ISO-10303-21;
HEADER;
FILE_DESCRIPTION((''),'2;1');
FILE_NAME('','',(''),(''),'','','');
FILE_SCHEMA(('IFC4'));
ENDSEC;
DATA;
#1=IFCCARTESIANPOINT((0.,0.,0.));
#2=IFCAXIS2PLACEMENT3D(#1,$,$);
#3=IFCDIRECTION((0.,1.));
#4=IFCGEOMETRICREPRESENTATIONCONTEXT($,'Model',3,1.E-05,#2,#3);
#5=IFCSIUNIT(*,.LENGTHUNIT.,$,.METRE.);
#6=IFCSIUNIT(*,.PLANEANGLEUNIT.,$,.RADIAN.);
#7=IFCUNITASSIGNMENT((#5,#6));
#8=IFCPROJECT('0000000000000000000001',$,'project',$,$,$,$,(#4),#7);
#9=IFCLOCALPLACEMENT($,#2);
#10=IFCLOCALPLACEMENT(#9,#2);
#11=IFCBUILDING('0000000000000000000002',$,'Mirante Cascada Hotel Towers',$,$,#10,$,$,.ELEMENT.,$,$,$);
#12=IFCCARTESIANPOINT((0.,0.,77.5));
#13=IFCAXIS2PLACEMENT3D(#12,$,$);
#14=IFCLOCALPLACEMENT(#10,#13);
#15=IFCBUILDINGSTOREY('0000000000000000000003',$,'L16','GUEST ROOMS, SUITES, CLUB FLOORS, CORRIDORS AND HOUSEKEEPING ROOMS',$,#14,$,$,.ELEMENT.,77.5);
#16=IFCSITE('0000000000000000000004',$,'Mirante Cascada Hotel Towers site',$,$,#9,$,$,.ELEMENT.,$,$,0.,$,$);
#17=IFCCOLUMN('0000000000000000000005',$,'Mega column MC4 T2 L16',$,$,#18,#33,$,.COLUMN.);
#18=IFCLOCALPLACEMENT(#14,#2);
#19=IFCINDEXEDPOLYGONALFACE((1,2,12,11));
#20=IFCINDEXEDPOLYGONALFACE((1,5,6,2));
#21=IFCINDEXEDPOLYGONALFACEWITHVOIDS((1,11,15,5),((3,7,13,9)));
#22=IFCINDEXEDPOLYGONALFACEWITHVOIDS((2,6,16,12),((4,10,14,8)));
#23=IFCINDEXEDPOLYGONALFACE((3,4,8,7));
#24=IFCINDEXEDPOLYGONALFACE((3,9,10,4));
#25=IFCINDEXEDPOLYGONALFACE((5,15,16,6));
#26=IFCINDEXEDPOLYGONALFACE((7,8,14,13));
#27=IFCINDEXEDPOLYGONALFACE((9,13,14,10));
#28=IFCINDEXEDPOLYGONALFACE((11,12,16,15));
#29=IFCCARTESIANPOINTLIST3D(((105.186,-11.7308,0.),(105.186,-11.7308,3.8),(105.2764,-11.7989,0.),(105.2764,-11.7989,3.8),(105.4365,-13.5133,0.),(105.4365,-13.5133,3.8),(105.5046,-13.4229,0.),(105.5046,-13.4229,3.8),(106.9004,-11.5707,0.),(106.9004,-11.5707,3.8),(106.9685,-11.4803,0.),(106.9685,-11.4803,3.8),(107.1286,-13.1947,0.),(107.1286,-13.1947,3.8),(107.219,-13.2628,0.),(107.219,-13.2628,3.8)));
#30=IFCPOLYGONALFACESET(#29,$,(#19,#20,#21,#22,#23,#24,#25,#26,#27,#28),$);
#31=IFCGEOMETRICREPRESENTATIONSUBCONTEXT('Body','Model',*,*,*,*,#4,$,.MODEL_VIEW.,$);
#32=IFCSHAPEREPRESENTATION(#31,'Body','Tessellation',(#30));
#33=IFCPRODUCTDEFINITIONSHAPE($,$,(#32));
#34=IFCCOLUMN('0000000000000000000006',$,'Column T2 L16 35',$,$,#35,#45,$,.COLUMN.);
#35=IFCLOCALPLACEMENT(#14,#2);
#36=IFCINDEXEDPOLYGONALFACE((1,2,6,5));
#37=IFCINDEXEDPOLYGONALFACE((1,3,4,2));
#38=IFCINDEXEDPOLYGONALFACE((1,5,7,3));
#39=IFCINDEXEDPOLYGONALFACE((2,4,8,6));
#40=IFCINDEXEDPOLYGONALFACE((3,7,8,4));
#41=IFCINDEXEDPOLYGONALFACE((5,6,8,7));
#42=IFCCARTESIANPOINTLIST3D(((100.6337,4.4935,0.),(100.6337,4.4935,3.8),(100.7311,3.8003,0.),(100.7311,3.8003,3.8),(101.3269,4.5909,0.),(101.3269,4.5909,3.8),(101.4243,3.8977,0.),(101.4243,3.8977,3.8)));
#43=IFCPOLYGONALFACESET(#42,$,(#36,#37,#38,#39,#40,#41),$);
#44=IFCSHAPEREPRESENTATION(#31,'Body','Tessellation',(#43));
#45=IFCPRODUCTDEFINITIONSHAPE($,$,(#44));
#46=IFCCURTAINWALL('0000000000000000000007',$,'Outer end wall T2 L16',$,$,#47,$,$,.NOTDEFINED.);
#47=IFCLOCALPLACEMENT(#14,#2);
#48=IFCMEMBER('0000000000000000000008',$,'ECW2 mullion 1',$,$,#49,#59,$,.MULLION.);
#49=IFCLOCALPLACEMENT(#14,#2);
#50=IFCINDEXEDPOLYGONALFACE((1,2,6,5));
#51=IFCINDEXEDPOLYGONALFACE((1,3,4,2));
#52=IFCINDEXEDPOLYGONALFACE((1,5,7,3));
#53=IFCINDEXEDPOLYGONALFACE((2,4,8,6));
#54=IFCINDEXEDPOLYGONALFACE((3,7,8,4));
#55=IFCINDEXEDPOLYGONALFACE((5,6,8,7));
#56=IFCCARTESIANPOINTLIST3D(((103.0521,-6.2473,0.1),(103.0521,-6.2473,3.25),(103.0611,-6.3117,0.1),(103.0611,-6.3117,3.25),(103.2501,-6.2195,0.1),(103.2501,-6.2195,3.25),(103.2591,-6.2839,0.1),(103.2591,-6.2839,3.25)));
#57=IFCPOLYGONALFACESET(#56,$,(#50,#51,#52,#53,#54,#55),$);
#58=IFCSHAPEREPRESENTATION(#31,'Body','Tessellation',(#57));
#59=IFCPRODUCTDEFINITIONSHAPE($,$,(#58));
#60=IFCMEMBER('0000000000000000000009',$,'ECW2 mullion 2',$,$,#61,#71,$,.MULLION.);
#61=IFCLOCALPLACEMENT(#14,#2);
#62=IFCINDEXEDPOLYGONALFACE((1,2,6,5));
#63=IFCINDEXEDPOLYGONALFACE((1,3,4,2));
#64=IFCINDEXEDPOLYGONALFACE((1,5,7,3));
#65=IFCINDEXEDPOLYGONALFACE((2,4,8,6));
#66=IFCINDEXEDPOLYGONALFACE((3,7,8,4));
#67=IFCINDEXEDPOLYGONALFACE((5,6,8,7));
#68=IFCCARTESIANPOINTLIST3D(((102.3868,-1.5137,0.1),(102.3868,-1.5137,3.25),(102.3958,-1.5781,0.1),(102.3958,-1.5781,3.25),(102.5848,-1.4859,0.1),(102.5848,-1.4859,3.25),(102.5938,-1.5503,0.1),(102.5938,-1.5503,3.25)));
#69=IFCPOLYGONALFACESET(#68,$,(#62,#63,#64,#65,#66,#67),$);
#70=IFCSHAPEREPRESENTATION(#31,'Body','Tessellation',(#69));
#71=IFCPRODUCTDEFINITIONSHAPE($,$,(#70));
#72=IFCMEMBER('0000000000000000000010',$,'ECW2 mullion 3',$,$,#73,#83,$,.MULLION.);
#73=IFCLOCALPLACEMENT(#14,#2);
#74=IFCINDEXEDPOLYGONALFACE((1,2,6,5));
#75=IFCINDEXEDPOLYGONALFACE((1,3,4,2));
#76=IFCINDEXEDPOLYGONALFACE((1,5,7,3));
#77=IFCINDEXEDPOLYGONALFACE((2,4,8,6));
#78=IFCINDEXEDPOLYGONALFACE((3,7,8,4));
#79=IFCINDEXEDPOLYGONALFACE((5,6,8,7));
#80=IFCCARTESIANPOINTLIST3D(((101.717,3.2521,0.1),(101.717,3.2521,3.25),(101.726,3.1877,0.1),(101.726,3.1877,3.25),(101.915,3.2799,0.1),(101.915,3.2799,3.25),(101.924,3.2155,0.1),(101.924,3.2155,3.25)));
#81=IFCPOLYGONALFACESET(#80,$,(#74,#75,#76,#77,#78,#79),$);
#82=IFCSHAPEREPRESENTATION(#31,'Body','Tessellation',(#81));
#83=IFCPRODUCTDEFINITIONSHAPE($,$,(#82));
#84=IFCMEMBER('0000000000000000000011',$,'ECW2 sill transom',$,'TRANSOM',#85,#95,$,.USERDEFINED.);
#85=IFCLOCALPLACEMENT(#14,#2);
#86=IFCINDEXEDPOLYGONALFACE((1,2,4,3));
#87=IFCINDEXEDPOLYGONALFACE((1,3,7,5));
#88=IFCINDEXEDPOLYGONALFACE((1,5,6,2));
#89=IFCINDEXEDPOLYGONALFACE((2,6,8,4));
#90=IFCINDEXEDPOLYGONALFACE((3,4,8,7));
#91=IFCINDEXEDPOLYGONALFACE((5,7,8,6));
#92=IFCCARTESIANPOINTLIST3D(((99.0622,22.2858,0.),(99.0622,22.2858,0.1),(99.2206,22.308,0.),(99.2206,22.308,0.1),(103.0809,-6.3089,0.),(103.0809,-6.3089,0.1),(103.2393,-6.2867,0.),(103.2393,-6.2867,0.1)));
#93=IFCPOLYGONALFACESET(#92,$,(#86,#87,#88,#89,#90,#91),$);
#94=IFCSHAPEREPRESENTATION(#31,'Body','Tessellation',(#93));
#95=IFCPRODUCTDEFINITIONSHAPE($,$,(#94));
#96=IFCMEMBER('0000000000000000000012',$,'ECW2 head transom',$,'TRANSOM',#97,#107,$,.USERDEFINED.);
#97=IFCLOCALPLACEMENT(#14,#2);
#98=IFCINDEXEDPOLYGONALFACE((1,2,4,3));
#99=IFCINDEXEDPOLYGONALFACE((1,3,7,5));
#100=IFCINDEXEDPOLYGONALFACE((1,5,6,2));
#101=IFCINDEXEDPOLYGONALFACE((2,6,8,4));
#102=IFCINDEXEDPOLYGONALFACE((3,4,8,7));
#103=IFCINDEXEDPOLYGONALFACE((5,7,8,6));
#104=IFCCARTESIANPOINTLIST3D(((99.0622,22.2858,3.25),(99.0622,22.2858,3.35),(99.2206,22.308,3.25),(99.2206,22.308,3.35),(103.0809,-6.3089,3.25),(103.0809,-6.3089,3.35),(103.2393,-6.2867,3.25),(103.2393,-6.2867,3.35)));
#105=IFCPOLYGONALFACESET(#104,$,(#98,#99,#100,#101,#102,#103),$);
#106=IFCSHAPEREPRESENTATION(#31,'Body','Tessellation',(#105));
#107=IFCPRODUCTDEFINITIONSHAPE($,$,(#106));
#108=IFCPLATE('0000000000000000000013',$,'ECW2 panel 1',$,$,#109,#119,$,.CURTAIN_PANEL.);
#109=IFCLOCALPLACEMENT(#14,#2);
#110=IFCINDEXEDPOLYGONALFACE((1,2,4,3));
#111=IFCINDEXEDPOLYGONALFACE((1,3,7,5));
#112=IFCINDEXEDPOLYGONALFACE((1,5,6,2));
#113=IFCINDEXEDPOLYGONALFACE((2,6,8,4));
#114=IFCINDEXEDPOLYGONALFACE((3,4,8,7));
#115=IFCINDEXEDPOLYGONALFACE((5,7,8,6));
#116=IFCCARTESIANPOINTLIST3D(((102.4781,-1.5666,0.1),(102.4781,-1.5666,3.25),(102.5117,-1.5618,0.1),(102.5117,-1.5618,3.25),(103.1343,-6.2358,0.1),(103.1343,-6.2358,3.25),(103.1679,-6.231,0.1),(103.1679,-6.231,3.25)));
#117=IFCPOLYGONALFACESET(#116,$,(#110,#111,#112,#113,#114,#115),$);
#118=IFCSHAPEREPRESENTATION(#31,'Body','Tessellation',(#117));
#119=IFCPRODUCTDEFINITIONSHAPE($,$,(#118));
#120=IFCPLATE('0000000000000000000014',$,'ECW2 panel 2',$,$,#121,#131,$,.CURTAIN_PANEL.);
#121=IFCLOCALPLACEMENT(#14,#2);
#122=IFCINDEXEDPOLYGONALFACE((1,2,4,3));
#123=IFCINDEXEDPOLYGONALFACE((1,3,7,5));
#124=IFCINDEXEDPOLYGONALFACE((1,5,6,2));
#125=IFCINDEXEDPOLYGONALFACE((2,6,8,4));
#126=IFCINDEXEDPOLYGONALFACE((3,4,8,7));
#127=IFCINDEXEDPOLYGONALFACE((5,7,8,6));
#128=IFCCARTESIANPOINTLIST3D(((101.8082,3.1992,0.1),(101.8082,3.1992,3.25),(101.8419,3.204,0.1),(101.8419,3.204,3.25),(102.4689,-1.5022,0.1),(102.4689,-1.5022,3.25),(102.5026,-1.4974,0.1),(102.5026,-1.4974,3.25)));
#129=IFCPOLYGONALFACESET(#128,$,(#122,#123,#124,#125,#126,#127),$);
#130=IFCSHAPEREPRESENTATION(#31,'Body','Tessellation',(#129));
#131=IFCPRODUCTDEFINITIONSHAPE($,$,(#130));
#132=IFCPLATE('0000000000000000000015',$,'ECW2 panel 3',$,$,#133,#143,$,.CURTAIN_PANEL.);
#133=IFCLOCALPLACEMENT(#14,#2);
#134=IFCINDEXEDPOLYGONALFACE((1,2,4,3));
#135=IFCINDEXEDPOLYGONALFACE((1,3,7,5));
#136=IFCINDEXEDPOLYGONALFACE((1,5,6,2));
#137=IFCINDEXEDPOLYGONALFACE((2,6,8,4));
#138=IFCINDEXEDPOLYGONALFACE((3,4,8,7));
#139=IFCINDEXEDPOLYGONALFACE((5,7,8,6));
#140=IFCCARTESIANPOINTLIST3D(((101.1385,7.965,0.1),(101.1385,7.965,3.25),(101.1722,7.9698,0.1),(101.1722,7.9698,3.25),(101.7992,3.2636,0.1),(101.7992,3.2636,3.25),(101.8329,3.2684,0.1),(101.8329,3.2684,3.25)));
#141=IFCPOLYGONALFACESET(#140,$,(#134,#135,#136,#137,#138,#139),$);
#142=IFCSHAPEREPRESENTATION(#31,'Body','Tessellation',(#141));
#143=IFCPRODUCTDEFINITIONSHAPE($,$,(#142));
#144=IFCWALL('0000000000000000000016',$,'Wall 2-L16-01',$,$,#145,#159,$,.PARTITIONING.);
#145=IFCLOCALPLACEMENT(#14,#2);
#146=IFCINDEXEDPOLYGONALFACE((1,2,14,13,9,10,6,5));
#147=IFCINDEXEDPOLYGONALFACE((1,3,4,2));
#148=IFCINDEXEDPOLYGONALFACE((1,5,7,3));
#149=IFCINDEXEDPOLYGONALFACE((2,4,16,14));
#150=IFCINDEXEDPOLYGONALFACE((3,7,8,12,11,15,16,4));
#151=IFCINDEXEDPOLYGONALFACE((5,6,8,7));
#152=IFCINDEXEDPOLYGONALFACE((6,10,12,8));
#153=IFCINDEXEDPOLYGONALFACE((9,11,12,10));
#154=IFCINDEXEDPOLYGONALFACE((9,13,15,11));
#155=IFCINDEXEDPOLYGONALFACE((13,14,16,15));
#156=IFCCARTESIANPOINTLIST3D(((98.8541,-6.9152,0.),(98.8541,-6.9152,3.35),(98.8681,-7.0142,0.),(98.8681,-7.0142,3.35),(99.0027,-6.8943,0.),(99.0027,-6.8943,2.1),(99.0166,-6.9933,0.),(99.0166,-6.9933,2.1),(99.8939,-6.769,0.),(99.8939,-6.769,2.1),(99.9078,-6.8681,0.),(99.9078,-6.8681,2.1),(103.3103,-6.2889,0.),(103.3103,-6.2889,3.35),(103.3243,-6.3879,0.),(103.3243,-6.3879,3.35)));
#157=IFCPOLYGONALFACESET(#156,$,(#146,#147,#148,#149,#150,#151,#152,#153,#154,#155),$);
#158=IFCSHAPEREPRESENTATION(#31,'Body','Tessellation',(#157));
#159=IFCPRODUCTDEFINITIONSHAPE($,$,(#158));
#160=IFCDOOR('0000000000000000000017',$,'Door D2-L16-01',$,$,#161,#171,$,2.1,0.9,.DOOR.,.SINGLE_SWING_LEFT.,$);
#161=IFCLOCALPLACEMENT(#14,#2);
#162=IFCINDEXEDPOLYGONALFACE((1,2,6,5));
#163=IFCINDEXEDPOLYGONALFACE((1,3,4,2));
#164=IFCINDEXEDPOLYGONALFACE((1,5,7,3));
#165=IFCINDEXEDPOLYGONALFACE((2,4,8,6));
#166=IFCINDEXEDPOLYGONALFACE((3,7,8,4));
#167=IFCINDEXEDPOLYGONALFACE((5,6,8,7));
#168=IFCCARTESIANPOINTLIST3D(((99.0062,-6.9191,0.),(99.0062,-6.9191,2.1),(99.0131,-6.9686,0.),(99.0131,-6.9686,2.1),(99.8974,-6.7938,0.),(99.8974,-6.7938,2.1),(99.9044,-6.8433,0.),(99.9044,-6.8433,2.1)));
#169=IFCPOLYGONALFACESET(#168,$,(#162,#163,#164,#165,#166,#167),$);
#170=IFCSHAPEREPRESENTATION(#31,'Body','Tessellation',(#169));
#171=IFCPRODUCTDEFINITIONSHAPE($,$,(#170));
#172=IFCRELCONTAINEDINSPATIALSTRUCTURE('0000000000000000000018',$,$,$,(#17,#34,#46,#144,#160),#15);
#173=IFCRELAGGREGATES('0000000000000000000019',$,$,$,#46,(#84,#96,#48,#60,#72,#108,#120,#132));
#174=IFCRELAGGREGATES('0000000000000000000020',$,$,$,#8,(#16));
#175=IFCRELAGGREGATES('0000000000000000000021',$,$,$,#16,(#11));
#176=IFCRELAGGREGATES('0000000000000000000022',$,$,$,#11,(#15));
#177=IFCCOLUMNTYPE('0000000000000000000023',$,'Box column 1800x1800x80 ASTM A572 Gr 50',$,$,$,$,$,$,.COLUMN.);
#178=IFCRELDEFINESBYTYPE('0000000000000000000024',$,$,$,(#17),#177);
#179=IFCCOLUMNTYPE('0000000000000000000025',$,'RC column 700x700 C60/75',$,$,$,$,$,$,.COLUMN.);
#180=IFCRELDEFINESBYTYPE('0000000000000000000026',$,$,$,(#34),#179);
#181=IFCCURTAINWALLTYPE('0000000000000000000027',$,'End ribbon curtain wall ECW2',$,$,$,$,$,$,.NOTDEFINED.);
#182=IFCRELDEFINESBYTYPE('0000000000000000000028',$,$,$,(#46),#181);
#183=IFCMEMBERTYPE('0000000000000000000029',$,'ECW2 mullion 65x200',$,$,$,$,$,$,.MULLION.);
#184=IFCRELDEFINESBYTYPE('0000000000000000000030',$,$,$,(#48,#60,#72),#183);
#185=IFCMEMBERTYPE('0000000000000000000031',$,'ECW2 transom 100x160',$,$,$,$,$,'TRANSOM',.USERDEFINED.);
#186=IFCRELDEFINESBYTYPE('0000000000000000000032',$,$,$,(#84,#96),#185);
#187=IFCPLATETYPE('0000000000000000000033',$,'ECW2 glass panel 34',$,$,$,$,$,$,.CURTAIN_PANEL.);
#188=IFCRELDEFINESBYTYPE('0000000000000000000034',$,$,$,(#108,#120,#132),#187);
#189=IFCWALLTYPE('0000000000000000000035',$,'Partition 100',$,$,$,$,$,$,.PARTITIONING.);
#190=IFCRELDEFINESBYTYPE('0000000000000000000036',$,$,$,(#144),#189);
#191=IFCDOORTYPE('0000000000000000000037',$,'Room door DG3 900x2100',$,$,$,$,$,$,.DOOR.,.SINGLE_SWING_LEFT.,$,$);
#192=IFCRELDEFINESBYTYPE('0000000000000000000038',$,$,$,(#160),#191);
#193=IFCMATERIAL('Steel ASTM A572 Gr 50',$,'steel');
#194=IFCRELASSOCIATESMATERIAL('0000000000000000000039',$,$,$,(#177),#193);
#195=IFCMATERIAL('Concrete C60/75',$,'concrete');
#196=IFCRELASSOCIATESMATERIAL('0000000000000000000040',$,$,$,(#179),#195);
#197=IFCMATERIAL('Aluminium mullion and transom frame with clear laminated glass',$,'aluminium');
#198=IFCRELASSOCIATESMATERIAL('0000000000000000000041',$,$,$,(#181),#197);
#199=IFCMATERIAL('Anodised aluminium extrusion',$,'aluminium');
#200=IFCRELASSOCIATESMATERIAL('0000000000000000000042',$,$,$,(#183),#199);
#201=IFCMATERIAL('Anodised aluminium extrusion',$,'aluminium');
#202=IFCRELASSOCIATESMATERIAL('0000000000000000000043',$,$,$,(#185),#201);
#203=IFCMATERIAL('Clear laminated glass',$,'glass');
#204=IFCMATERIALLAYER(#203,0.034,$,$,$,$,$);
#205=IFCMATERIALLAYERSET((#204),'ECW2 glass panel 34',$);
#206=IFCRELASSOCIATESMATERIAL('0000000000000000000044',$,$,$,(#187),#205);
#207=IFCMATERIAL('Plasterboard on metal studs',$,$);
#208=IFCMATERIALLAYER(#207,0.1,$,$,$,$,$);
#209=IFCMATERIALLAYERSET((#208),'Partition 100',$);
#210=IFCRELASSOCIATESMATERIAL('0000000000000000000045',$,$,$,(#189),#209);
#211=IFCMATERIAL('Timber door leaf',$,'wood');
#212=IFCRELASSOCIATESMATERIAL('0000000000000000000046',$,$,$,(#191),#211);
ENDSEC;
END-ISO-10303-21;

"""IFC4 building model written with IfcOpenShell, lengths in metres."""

from ifc_helpers import new_model, si_unit, direction, frame, frame_2d, origin, origin_2d, place, context, subcontext, project, spatial, rectangle, hollow_rectangle, extrude, material, layer, layer_set, material_profile, profile_set, type_object, element, fill, aggregate, save


model = new_model("IFC4")

# Units and contexts
model_context = context("Model", 3, precision=1e-05, world=origin(), true_north=direction((0.0, 1.0)))
body_context = subcontext(model_context, "Body", "Model", "MODEL_VIEW")
ifc_project = project(units=[si_unit("LENGTHUNIT", "METRE"), si_unit("PLANEANGLEUNIT", "RADIAN")], contexts=[model_context])

# Site, building, storey
site_placement = place(None, origin())
site = spatial("IfcSite", under=ifc_project, at=site_placement, Name="Mirante Cascada Hotel Towers site", CompositionType="ELEMENT", RefElevation=0.0)
building_placement = place(site_placement, origin())
building = spatial("IfcBuilding", under=site, at=building_placement, Name="Mirante Cascada Hotel Towers", CompositionType="ELEMENT")
storey_placement = place(building_placement, frame((0.0, 0.0, 77.5)))
storey = spatial("IfcBuildingStorey", under=building, at=storey_placement, Name="L16", Description="GUEST ROOMS, SUITES, CLUB FLOORS, CORRIDORS AND HOUSEKEEPING ROOMS", CompositionType="ELEMENT", Elevation=77.5)

# Columns
ifc_material_1 = material(Name="Steel ASTM A572 Gr 50", Category="steel")
ifc_material_profile_1 = material_profile(ifc_material_1, hollow_rectangle(XDim=1.8, YDim=1.8, WallThickness=0.08, at=origin_2d()), Name="Box column 1800x1800x80 ASTM A572 Gr 50")
ifc_profile_set_1 = profile_set([ifc_material_profile_1], Name="Steel ASTM A572 Gr 50")
column_type_1 = type_object("IfcColumnType", Name="Box column 1800x1800x80 ASTM A572 Gr 50", PredefinedType="COLUMN", material=ifc_profile_set_1)
column_1_placement = place(storey_placement, frame((106.2025, -12.4968, 0.0), z_axis=(0.0, 0.0, 1.0), x_axis=(0.990268, 0.139173, 0.0)))
element("IfcColumn", 1, at=column_1_placement, inside=storey, type_object=column_type_1, Name="Mega column MC4 T2 L16", PredefinedType="COLUMN", context=body_context, shape_type="SweptSolid", body=[
    extrude(hollow_rectangle(XDim=1.8, YDim=1.8, WallThickness=0.08, at=origin_2d()), origin(), (0.0, 0.0, 1.0), 3.8),
])
ifc_material_2 = material(Name="Concrete C60/75", Category="concrete")
ifc_material_profile_2 = material_profile(ifc_material_2, rectangle(XDim=0.7, YDim=0.7, at=origin_2d()), Name="RC column 700x700 C60/75")
ifc_profile_set_2 = profile_set([ifc_material_profile_2], Name="Concrete C60/75")
column_type_2 = type_object("IfcColumnType", Name="RC column 700x700 C60/75", PredefinedType="COLUMN", material=ifc_profile_set_2)
column_2_placement = place(storey_placement, frame((101.029, 4.1956, 0.0), z_axis=(0.0, 0.0, 1.0), x_axis=(0.990268, 0.139173, 0.0)))
element("IfcColumn", 2, at=column_2_placement, inside=storey, type_object=column_type_2, Name="Column T2 L16 35", PredefinedType="COLUMN", context=body_context, shape_type="SweptSolid", body=[
    extrude(rectangle(XDim=0.7, YDim=0.7, at=origin_2d()), origin(), (0.0, 0.0, 1.0), 3.8),
])

# Curtain wall, members, plates
ifc_material_3 = material(Name="Aluminium mullion and transom frame with clear laminated glass", Category="aluminium")
curtain_wall_type = type_object("IfcCurtainWallType", Name="End ribbon curtain wall ECW2", PredefinedType="NOTDEFINED", material=ifc_material_3)
curtain_wall_placement = place(storey_placement, origin())
curtain_wall = element("IfcCurtainWall", 3, at=curtain_wall_placement, inside=storey, type_object=curtain_wall_type, Name="Outer end wall T2 L16", PredefinedType="NOTDEFINED")
ifc_material_4 = material(Name="Anodised aluminium extrusion", Category="aluminium")
ifc_material_profile_3 = material_profile(ifc_material_4, rectangle(XDim=0.2, YDim=0.065, at=origin_2d()), Name="ECW2 MULLION 65x200")
ifc_profile_set_3 = profile_set([ifc_material_profile_3], Name="Anodised aluminium extrusion")
member_type_1 = type_object("IfcMemberType", Name="ECW2 mullion 65x200", PredefinedType="MULLION", material=ifc_profile_set_3)
member_1_placement = place(storey_placement, frame((103.1556, -6.2656, 0.1), z_axis=(0.0, 0.0, 1.0), x_axis=(-0.990268, -0.139173, 0.0)))
member_1 = element("IfcMember", 4, at=member_1_placement, type_object=member_type_1, Name="ECW2 mullion 1", PredefinedType="MULLION", context=body_context, shape_type="SweptSolid", body=[
    extrude(rectangle(XDim=0.2, YDim=0.065, at=origin_2d()), origin(), (0.0, 0.0, 1.0), 3.15),
])
member_2_placement = place(storey_placement, frame((102.4903, -1.532, 0.1), z_axis=(0.0, 0.0, 1.0), x_axis=(-0.990268, -0.139173, 0.0)))
member_2 = element("IfcMember", 5, at=member_2_placement, type_object=member_type_1, Name="ECW2 mullion 2", PredefinedType="MULLION", context=body_context, shape_type="SweptSolid", body=[
    extrude(rectangle(XDim=0.2, YDim=0.065, at=origin_2d()), origin(), (0.0, 0.0, 1.0), 3.15),
])
member_3_placement = place(storey_placement, frame((101.8205, 3.2338, 0.1), z_axis=(0.0, 0.0, 1.0), x_axis=(-0.990268, -0.139173, 0.0)))
member_3 = element("IfcMember", 6, at=member_3_placement, type_object=member_type_1, Name="ECW2 mullion 3", PredefinedType="MULLION", context=body_context, shape_type="SweptSolid", body=[
    extrude(rectangle(XDim=0.2, YDim=0.065, at=origin_2d()), origin(), (0.0, 0.0, 1.0), 3.15),
])
ifc_material_5 = material(Name="Anodised aluminium extrusion", Category="aluminium")
ifc_material_profile_4 = material_profile(ifc_material_5, rectangle(XDim=0.16, YDim=0.1, at=origin_2d()), Name="ECW2 TRANSOM 100x160")
ifc_profile_set_4 = profile_set([ifc_material_profile_4], Name="Anodised aluminium extrusion")
member_type_2 = type_object("IfcMemberType", Name="ECW2 transom 100x160", ElementType="TRANSOM", PredefinedType="USERDEFINED", material=ifc_profile_set_4)
member_4_placement = place(storey_placement, frame((103.1601, -6.2978, 0.05), z_axis=(-0.139172, 0.990268, 0.0), x_axis=(-0.990268, -0.139172, 0.0)))
member_4 = element("IfcMember", 7, at=member_4_placement, type_object=member_type_2, Name="ECW2 sill transom", ObjectType="TRANSOM", PredefinedType="USERDEFINED", context=body_context, shape_type="SweptSolid", body=[
    extrude(rectangle(XDim=0.16, YDim=0.1, at=origin_2d()), origin(), (0.0, 0.0, 1.0), 28.8757),
])
member_5_placement = place(storey_placement, frame((103.1601, -6.2978, 3.3), z_axis=(-0.139172, 0.990268, 0.0), x_axis=(-0.990268, -0.139172, 0.0)))
member_5 = element("IfcMember", 8, at=member_5_placement, type_object=member_type_2, Name="ECW2 head transom", ObjectType="TRANSOM", PredefinedType="USERDEFINED", context=body_context, shape_type="SweptSolid", body=[
    extrude(rectangle(XDim=0.16, YDim=0.1, at=origin_2d()), origin(), (0.0, 0.0, 1.0), 28.8757),
])
ifc_material_6 = material(Name="Clear laminated glass", Category="glass")
ifc_layer_1 = layer(ifc_material_6, 0.034)
ifc_layer_set_1 = layer_set([ifc_layer_1], Name="ECW2 glass panel 34")
plate_type = type_object("IfcPlateType", Name="ECW2 glass panel 34", PredefinedType="CURTAIN_PANEL", material=ifc_layer_set_1)
plate_1_placement = place(storey_placement, frame((102.823, -3.8988, 0.1), z_axis=(0.0, 0.0, 1.0), x_axis=(-0.139173, 0.990268, 0.0)))
plate_1 = element("IfcPlate", 9, at=plate_1_placement, type_object=plate_type, Name="ECW2 panel 1", PredefinedType="CURTAIN_PANEL", context=body_context, shape_type="SweptSolid", body=[
    extrude(rectangle(XDim=4.7151, YDim=0.034, at=origin_2d()), origin(), (0.0, 0.0, 1.0), 3.15),
])
plate_2_placement = place(storey_placement, frame((102.1554, 0.8509, 0.1), z_axis=(0.0, 0.0, 1.0), x_axis=(-0.139173, 0.990268, 0.0)))
plate_2 = element("IfcPlate", 10, at=plate_2_placement, type_object=plate_type, Name="ECW2 panel 2", PredefinedType="CURTAIN_PANEL", context=body_context, shape_type="SweptSolid", body=[
    extrude(rectangle(XDim=4.7476, YDim=0.034, at=origin_2d()), origin(), (0.0, 0.0, 1.0), 3.15),
])
plate_3_placement = place(storey_placement, frame((101.4857, 5.6167, 0.1), z_axis=(0.0, 0.0, 1.0), x_axis=(-0.139173, 0.990268, 0.0)))
plate_3 = element("IfcPlate", 11, at=plate_3_placement, type_object=plate_type, Name="ECW2 panel 3", PredefinedType="CURTAIN_PANEL", context=body_context, shape_type="SweptSolid", body=[
    extrude(rectangle(XDim=4.7476, YDim=0.034, at=origin_2d()), origin(), (0.0, 0.0, 1.0), 3.15),
])
aggregate(curtain_wall, [member_4, member_5, member_1, member_2, member_3, plate_1, plate_2, plate_3])

# Wall, opening, door
ifc_material_7 = material(Name="Plasterboard on metal studs")
ifc_layer_2 = layer(ifc_material_7, 0.1)
ifc_layer_set_2 = layer_set([ifc_layer_2], Name="Partition 100")
wall_type_1 = type_object("IfcWallType", Name="Partition 100", PredefinedType="PARTITIONING", material=ifc_layer_set_2)
wall_1_placement = place(storey_placement, frame((98.8611, -6.9647, 0.0), z_axis=(0.0, 0.0, 1.0), x_axis=(0.990267, 0.139178, 0.0)))
wall_1 = element("IfcWall", 12, at=wall_1_placement, inside=storey, type_object=wall_type_1, Name="Wall 2-L16-01", PredefinedType="PARTITIONING", context=body_context, shape_type="SweptSolid", body=[
    extrude(rectangle(XDim=4.5, YDim=0.1, at=frame_2d((2.25, 0.0))), origin(), (0.0, 0.0, 1.0), 3.35),
])
opening_1_placement = place(wall_1_placement, frame((0.15, 0.0, 0.0)))
opening_1 = element("IfcOpeningElement", 13, at=opening_1_placement, cuts=wall_1, PredefinedType="OPENING", context=body_context, shape_type="SweptSolid", body=[
    extrude(rectangle(XDim=0.9, YDim=2.1, at=frame_2d((0.45, 1.05))), frame((0.0, 0.05, 0.0), z_axis=(0.0, -1.0, 0.0), x_axis=(1.0, 0.0, 0.0)), (0.0, 0.0, 1.0), 0.1),
])
ifc_material_8 = material(Name="Timber door leaf", Category="wood")
door_type = type_object("IfcDoorType", Name="Room door DG3 900x2100", OperationType="SINGLE_SWING_LEFT", PredefinedType="DOOR", material=ifc_material_8)
door_1_placement = place(opening_1_placement, origin())
door_1 = element("IfcDoor", 14, at=door_1_placement, inside=storey, type_object=door_type, Name="Door D2-L16-01", OperationType="SINGLE_SWING_LEFT", OverallHeight=2.1, OverallWidth=0.9, PredefinedType="DOOR", context=body_context, shape_type="SweptSolid", body=[
    extrude(rectangle(XDim=0.9, YDim=2.1, at=frame_2d((0.45, 1.05))), frame((0.0, 0.025, 0.0), z_axis=(0.0, -1.0, 0.0), x_axis=(1.0, 0.0, 0.0)), (0.0, 0.0, 1.0), 0.05),
])
fill(opening_1, door_1)

save(model, "model.ifc")
